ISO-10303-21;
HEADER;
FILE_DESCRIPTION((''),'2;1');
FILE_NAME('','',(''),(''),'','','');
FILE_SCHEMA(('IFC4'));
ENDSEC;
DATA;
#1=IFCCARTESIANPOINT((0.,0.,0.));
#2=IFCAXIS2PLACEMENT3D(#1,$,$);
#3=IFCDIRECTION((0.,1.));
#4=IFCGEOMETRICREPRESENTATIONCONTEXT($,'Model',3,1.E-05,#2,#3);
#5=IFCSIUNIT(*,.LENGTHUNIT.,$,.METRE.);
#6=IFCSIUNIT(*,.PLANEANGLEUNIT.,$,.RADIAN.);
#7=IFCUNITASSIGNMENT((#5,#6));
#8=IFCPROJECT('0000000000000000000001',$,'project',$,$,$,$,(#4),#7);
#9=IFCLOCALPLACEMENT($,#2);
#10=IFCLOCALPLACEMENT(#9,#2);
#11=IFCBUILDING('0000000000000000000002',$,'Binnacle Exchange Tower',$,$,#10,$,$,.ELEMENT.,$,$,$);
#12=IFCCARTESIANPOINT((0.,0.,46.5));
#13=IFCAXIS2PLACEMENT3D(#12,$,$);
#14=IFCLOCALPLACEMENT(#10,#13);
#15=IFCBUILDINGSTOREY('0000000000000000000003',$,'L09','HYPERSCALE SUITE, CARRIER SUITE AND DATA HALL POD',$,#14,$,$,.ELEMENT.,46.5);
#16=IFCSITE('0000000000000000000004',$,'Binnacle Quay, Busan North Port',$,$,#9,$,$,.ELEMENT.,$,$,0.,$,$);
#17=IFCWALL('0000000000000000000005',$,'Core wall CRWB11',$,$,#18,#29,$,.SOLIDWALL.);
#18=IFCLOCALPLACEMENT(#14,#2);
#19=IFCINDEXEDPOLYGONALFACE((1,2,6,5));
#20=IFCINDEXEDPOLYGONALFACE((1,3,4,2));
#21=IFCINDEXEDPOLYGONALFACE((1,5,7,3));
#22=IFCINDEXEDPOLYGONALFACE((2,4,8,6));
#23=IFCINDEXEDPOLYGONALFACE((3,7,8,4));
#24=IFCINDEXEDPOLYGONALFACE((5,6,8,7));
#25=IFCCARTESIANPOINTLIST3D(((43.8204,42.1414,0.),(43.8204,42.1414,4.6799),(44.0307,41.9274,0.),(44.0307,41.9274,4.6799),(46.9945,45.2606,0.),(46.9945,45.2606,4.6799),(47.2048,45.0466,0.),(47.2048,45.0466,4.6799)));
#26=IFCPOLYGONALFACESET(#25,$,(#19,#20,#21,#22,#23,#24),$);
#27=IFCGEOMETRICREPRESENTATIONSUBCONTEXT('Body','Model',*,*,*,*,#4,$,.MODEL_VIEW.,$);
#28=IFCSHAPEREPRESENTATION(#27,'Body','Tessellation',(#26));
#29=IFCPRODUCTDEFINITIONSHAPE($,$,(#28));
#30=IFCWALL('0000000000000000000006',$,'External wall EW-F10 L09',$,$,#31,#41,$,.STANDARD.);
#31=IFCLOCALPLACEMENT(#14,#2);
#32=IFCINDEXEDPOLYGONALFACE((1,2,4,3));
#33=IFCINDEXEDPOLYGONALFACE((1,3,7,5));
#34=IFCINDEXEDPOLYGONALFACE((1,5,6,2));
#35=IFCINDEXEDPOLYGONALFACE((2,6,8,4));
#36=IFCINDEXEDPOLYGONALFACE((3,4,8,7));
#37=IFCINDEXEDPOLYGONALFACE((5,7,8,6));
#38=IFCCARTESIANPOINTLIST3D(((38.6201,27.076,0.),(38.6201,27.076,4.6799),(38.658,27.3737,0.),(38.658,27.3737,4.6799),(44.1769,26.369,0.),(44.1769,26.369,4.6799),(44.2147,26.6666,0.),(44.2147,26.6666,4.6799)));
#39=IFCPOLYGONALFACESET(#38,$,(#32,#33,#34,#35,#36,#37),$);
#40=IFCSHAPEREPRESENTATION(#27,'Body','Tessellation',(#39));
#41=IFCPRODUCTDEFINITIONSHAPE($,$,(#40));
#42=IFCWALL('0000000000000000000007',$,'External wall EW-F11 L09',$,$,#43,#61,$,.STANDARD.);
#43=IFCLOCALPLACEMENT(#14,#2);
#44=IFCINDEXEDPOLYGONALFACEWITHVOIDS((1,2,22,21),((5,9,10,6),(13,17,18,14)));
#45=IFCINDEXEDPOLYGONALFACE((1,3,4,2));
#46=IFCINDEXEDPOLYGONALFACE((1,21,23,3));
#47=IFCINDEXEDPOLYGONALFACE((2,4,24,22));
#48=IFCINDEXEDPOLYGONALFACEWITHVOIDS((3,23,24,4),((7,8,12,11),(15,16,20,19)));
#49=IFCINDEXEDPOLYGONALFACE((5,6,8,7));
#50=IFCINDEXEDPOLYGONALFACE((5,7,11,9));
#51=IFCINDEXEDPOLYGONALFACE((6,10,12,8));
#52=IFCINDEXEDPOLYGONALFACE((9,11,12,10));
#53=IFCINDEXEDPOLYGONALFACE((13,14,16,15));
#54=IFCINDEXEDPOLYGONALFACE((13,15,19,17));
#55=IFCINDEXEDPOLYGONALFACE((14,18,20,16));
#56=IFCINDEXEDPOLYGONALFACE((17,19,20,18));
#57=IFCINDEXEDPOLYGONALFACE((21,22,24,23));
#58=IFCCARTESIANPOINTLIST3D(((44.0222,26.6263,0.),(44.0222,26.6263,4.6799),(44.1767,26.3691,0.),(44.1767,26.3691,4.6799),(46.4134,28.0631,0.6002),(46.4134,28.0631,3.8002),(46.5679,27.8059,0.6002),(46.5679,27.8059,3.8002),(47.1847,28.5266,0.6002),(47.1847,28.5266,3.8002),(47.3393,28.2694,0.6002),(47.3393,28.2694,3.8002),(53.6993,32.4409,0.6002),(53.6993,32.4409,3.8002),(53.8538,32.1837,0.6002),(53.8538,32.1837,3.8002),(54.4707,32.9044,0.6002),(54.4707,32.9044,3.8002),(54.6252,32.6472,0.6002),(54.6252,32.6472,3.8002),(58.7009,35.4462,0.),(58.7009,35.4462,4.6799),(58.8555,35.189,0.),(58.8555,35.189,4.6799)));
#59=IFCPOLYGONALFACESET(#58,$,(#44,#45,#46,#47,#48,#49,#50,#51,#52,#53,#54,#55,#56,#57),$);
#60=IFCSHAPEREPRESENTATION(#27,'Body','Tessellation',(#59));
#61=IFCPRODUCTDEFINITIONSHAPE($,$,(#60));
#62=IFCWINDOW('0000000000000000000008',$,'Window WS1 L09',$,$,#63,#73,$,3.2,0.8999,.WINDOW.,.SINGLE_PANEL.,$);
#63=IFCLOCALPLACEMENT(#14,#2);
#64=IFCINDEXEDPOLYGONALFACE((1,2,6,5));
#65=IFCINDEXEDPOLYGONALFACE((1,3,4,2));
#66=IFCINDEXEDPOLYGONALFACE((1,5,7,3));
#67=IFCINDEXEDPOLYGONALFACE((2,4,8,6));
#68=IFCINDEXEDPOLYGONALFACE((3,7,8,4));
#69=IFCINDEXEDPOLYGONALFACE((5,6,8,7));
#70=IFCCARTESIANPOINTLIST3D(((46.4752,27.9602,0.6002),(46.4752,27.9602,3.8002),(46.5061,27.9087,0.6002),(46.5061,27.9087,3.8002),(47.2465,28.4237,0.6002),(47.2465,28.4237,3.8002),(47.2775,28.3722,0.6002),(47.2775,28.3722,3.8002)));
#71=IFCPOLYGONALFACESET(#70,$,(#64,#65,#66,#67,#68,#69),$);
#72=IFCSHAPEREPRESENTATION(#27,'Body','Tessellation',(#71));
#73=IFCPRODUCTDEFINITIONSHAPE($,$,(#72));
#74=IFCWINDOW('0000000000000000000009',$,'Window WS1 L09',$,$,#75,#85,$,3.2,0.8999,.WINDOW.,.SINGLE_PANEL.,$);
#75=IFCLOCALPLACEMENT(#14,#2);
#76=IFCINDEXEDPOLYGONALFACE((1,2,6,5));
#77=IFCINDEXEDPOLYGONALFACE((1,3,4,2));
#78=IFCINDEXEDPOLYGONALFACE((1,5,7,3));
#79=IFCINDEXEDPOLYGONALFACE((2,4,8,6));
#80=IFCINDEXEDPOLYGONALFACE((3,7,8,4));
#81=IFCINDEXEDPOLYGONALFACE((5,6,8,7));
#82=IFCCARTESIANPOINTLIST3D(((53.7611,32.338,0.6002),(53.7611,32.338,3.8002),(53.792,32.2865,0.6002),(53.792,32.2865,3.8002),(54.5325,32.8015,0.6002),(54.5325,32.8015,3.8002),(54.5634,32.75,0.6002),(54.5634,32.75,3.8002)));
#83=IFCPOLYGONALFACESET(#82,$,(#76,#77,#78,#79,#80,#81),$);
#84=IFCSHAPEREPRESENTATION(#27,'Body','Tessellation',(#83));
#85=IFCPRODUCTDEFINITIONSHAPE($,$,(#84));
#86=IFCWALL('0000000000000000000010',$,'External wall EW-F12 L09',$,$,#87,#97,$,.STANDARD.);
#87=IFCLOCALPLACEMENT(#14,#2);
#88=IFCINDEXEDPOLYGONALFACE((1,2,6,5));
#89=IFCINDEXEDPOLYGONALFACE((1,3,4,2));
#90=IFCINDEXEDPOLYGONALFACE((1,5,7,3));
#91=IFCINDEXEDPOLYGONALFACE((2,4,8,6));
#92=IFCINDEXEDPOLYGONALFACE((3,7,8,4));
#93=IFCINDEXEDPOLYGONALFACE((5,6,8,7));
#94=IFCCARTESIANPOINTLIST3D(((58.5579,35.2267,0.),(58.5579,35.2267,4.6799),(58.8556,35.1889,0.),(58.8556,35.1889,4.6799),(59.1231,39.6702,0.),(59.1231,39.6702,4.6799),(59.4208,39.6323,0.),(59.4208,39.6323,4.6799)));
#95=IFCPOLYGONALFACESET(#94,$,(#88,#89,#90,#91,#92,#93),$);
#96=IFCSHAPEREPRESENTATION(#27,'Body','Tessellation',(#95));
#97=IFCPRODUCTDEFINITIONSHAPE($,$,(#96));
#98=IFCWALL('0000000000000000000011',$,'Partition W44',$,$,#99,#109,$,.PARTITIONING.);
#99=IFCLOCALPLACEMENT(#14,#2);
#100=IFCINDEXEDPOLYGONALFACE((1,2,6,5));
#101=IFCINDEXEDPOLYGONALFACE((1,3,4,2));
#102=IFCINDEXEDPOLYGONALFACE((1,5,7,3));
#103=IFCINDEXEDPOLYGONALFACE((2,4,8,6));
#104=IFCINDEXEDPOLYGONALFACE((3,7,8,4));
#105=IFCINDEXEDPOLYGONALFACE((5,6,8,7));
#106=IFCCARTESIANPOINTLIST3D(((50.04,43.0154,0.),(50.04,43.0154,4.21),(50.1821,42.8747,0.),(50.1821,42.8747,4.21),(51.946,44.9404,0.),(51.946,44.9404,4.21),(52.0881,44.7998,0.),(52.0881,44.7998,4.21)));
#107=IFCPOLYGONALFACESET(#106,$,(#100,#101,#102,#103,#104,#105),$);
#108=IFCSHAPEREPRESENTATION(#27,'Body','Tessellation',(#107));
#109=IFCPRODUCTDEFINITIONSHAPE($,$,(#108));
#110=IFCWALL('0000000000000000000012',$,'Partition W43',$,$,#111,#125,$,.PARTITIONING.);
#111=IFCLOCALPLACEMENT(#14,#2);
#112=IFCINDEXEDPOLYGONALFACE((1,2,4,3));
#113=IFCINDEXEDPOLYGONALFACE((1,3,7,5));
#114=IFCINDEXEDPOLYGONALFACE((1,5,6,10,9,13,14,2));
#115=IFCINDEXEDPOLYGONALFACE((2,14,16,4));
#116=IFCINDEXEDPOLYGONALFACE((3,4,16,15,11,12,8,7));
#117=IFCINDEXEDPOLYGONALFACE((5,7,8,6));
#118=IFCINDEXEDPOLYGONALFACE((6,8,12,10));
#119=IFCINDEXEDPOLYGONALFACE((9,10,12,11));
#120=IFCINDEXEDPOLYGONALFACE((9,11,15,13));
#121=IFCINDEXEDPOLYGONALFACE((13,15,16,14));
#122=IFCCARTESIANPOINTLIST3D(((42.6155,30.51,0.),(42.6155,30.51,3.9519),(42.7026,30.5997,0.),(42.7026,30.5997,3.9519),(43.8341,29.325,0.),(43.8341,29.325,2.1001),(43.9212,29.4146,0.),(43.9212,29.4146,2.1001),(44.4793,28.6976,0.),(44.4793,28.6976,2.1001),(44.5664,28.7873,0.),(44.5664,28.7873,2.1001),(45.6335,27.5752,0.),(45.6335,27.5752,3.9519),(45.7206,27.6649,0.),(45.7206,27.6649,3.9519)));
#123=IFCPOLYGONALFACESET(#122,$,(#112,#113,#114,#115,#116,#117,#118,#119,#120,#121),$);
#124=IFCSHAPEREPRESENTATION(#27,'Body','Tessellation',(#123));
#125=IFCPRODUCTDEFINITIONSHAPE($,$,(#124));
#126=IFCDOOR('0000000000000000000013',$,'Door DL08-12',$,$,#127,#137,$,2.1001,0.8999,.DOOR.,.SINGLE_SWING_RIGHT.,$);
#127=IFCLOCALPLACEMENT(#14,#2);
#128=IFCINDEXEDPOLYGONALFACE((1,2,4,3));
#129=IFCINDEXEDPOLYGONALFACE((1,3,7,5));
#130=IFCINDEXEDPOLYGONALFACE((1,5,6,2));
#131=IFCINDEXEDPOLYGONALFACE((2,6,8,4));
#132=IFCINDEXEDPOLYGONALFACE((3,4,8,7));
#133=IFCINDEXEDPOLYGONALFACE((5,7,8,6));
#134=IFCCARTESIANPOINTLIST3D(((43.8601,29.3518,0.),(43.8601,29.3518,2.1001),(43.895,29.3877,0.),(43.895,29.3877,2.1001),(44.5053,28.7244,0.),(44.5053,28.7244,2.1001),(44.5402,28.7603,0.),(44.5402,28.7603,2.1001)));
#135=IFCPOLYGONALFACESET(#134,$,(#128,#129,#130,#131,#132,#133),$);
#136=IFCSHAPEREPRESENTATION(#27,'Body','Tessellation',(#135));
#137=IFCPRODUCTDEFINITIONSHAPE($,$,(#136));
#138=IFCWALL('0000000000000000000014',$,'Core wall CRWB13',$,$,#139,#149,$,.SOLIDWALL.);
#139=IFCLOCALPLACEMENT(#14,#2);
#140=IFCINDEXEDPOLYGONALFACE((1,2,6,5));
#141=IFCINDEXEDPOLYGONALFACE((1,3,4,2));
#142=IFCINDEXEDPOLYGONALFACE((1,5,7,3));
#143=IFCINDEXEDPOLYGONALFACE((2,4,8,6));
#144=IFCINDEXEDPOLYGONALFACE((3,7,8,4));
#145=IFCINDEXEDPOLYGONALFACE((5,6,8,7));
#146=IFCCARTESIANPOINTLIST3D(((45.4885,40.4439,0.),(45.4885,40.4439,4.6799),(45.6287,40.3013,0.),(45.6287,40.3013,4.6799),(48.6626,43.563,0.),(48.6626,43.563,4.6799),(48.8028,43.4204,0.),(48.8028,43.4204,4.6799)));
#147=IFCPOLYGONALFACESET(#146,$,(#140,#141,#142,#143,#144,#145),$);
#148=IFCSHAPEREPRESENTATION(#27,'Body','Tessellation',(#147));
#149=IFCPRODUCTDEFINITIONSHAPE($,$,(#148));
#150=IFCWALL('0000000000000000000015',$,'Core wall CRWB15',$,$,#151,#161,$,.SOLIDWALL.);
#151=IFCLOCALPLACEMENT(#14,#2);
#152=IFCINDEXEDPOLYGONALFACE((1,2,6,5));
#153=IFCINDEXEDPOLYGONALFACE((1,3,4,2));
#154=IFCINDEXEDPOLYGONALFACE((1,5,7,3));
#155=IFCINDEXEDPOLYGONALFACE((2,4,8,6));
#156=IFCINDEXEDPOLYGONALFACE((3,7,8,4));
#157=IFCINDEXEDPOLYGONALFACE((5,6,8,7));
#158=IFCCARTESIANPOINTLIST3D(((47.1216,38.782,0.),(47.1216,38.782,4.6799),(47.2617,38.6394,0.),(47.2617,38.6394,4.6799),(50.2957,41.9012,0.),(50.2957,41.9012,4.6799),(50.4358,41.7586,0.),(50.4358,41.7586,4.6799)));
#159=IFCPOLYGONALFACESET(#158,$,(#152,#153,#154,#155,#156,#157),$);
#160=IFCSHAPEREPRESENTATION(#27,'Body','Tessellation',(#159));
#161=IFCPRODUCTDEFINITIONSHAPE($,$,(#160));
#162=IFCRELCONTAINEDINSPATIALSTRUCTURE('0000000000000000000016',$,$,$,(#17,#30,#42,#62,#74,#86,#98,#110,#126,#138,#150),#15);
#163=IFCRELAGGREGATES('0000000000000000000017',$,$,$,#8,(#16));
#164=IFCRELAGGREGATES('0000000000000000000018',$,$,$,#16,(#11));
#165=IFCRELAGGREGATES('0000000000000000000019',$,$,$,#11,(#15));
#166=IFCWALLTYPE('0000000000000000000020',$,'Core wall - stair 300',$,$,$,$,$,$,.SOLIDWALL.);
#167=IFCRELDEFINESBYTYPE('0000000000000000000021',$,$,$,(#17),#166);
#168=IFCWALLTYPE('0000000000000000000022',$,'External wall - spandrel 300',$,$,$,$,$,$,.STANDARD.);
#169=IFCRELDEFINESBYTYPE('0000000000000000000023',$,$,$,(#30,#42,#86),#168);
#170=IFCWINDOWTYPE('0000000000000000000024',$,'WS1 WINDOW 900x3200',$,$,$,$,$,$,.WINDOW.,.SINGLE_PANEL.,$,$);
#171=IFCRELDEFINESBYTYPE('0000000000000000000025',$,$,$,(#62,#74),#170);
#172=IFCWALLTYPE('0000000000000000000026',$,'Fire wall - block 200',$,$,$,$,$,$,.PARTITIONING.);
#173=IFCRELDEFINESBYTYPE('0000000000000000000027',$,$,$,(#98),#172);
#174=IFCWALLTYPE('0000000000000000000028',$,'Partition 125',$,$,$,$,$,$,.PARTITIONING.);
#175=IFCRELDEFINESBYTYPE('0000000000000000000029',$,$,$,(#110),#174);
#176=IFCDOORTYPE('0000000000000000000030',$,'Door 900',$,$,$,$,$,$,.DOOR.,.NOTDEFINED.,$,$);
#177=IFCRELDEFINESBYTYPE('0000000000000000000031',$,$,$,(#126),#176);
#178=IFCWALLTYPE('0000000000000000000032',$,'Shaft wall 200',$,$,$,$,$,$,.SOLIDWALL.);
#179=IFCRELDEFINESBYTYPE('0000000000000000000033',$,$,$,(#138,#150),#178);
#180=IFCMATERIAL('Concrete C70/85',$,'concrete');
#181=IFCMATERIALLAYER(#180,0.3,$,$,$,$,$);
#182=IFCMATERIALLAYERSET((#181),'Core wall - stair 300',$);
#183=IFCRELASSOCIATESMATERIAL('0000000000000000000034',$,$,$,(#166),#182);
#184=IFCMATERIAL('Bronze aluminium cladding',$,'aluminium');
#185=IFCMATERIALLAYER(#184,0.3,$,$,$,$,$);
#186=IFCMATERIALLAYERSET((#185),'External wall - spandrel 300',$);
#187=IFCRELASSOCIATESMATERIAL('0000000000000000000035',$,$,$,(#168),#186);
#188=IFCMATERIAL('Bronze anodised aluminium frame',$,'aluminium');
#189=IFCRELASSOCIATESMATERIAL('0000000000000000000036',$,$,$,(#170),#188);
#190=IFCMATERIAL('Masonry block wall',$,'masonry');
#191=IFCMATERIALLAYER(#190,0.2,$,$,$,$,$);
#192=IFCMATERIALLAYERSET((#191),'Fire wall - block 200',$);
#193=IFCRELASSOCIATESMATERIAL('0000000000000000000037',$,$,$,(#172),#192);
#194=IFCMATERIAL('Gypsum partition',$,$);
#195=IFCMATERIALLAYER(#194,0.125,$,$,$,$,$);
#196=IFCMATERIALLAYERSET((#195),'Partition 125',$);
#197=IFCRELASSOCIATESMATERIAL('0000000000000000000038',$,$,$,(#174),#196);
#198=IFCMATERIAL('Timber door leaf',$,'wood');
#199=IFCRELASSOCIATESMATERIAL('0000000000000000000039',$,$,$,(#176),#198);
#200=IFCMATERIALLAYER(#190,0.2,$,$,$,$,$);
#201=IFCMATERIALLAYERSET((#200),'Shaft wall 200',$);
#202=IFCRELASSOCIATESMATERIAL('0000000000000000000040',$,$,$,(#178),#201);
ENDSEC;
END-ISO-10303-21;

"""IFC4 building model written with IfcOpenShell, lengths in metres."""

from ifc_helpers import new_model, si_unit, direction, frame, frame_2d, origin, place, context, subcontext, project, spatial, rectangle, extrude, material, layer, layer_set, type_object, element, fill, save


model = new_model("IFC4")

# Units and contexts
model_context = context("Model", 3, precision=1e-05, world=origin(), true_north=direction((0.0, 1.0)))
body_context = subcontext(model_context, "Body", "Model", "MODEL_VIEW")
ifc_project = project(units=[si_unit("LENGTHUNIT", "METRE"), si_unit("PLANEANGLEUNIT", "RADIAN")], contexts=[model_context])

# Site, building, storey
site_placement = place(None, origin())
site = spatial("IfcSite", under=ifc_project, at=site_placement, Name="Binnacle Quay, Busan North Port", CompositionType="ELEMENT", RefElevation=0.0)
building_placement = place(site_placement, origin())
building = spatial("IfcBuilding", under=site, at=building_placement, Name="Binnacle Exchange Tower", CompositionType="ELEMENT")
storey_placement = place(building_placement, frame((0.0, 0.0, 46.5)))
storey = spatial("IfcBuildingStorey", under=building, at=storey_placement, Name="L09", Description="HYPERSCALE SUITE, CARRIER SUITE AND DATA HALL POD", CompositionType="ELEMENT", Elevation=46.5)

# Shared definitions
ifc_material_1 = material(Name="Concrete C70/85", Category="concrete")

# Walls
ifc_layer_1 = layer(ifc_material_1, 0.3)
ifc_layer_set_1 = layer_set([ifc_layer_1], Name="Core wall - stair 300")
wall_type_1 = type_object("IfcWallType", Name="Core wall - stair 300", PredefinedType="SOLIDWALL", material=ifc_layer_set_1)
wall_1_placement = place(storey_placement, frame((43.9255, 42.0344, 0.0), z_axis=(0.0, 0.0, 1.0), x_axis=(0.713252, 0.700908, 0.0)))
element("IfcWall", 1, at=wall_1_placement, inside=storey, type_object=wall_type_1, Name="Core wall CRWB11", PredefinedType="SOLIDWALL", context=body_context, shape_type="SweptSolid", body=[
    extrude(rectangle(XDim=4.4502, YDim=0.3, at=frame_2d((2.2251, 0.0))), origin(), (0.0, 0.0, 1.0), 4.6799),
])
ifc_material_2 = material(Name="Bronze aluminium cladding", Category="aluminium")
ifc_layer_2 = layer(ifc_material_2, 0.3)
ifc_layer_set_2 = layer_set([ifc_layer_2], Name="External wall - spandrel 300")
wall_type_2 = type_object("IfcWallType", Name="External wall - spandrel 300", PredefinedType="STANDARD", material=ifc_layer_set_2)
wall_2_placement = place(storey_placement, frame((44.1958, 26.5178, 0.0), z_axis=(0.0, 0.0, 1.0), x_axis=(-0.992002, 0.126223, 0.0)))
element("IfcWall", 2, at=wall_2_placement, inside=storey, type_object=wall_type_2, Name="External wall EW-F10 L09", PredefinedType="STANDARD", context=body_context, shape_type="SweptSolid", body=[
    extrude(rectangle(XDim=5.6016, YDim=0.3, at=frame_2d((2.8008, 0.0))), origin(), (0.0, 0.0, 1.0), 4.6799),
])

# Wall, openings, windows
wall_3_placement = place(storey_placement, frame((58.7783, 35.3176, 0.0), z_axis=(0.0, 0.0, 1.0), x_axis=(-0.857168, -0.515037, 0.0)))
wall_3 = element("IfcWall", 3, at=wall_3_placement, inside=storey, type_object=wall_type_2, Name="External wall EW-F11 L09", PredefinedType="STANDARD", context=body_context, shape_type="SweptSolid", body=[
    extrude(rectangle(XDim=17.1248, YDim=0.3, at=frame_2d((8.5625, 0.0))), origin(), (0.0, 0.0, 1.0), 4.6799),
])
opening_1_placement = place(wall_3_placement, frame((13.4353, 0.0, 0.6001)))
opening_1 = element("IfcOpeningElement", 4, at=opening_1_placement, cuts=wall_3, PredefinedType="OPENING", context=body_context, shape_type="SweptSolid", body=[
    extrude(rectangle(XDim=0.8999, YDim=3.2, at=frame_2d((0.45, 1.6001))), frame((0.0, 0.1599, 0.0), z_axis=(0.0, -1.0, 0.0), x_axis=(1.0, 0.0, 0.0)), (0.0, 0.0, 1.0), 0.3201),
])
opening_2_placement = place(wall_3_placement, frame((4.9353, 0.0, 0.6001)))
opening_2 = element("IfcOpeningElement", 5, at=opening_2_placement, cuts=wall_3, PredefinedType="OPENING", context=body_context, shape_type="SweptSolid", body=[
    extrude(rectangle(XDim=0.8999, YDim=3.2, at=frame_2d((0.45, 1.6001))), frame((0.0, 0.1599, 0.0), z_axis=(0.0, -1.0, 0.0), x_axis=(1.0, 0.0, 0.0)), (0.0, 0.0, 1.0), 0.3201),
])
ifc_material_3 = material(Name="Bronze anodised aluminium frame", Category="aluminium")
window_type = type_object("IfcWindowType", Name="WS1 WINDOW 900x3200", PartitioningType="SINGLE_PANEL", PredefinedType="WINDOW", material=ifc_material_3)
window_1_placement = place(opening_1_placement, origin())
window_1 = element("IfcWindow", 6, at=window_1_placement, inside=storey, type_object=window_type, Name="Window WS1 L09", OverallHeight=3.2, OverallWidth=0.8999, PartitioningType="SINGLE_PANEL", PredefinedType="WINDOW", context=body_context, shape_type="SweptSolid", body=[
    extrude(rectangle(XDim=0.8999, YDim=3.2, at=frame_2d((0.45, 1.6001))), frame((0.0, 0.03, 0.0), z_axis=(0.0, -1.0, 0.0), x_axis=(1.0, 0.0, 0.0)), (0.0, 0.0, 1.0), 0.0601),
])
fill(opening_1, window_1)
window_2_placement = place(opening_2_placement, origin())
window_2 = element("IfcWindow", 7, at=window_2_placement, inside=storey, type_object=window_type, Name="Window WS1 L09", OverallHeight=3.2, OverallWidth=0.8999, PartitioningType="SINGLE_PANEL", PredefinedType="WINDOW", context=body_context, shape_type="SweptSolid", body=[
    extrude(rectangle(XDim=0.8999, YDim=3.2, at=frame_2d((0.45, 1.6001))), frame((0.0, 0.03, 0.0), z_axis=(0.0, -1.0, 0.0), x_axis=(1.0, 0.0, 0.0)), (0.0, 0.0, 1.0), 0.0601),
])
fill(opening_2, window_2)

# Walls
wall_4_placement = place(storey_placement, frame((59.272, 39.6514, 0.0), z_axis=(0.0, 0.0, 1.0), x_axis=(-0.126181, -0.992007, 0.0)))
element("IfcWall", 8, at=wall_4_placement, inside=storey, type_object=wall_type_2, Name="External wall EW-F12 L09", PredefinedType="STANDARD", context=body_context, shape_type="SweptSolid", body=[
    extrude(rectangle(XDim=4.4792, YDim=0.3, at=frame_2d((2.2397, 0.0))), origin(), (0.0, 0.0, 1.0), 4.6799),
])
ifc_material_4 = material(Name="Masonry block wall", Category="masonry")
ifc_layer_3 = layer(ifc_material_4, 0.2)
ifc_layer_set_3 = layer_set([ifc_layer_3], Name="Fire wall - block 200")
wall_type_3 = type_object("IfcWallType", Name="Fire wall - block 200", PredefinedType="PARTITIONING", material=ifc_layer_set_3)
wall_5_placement = place(storey_placement, frame((50.1111, 42.9451, 0.0), z_axis=(0.0, 0.0, 1.0), x_axis=(0.703583, 0.710613, 0.0)))
element("IfcWall", 9, at=wall_5_placement, inside=storey, type_object=wall_type_3, Name="Partition W44", PredefinedType="PARTITIONING", context=body_context, shape_type="SweptSolid", body=[
    extrude(rectangle(XDim=2.709, YDim=0.2, at=frame_2d((1.3545, 0.0))), origin(), (0.0, 0.0, 1.0), 4.21),
])

# Wall, opening, door
ifc_material_5 = material(Name="Gypsum partition")
ifc_layer_4 = layer(ifc_material_5, 0.125)
ifc_layer_set_4 = layer_set([ifc_layer_4], Name="Partition 125")
wall_type_4 = type_object("IfcWallType", Name="Partition 125", PredefinedType="PARTITIONING", material=ifc_layer_set_4)
wall_6_placement = place(storey_placement, frame((42.6589, 30.5549, 0.0), z_axis=(0.0, 0.0, 1.0), x_axis=(0.716926, -0.69715, 0.0)))
wall_6 = element("IfcWall", 10, at=wall_6_placement, inside=storey, type_object=wall_type_4, Name="Partition W43", PredefinedType="PARTITIONING", context=body_context, shape_type="SweptSolid", body=[
    extrude(rectangle(XDim=4.2097, YDim=0.125, at=frame_2d((2.105, 0.0))), origin(), (0.0, 0.0, 1.0), 3.9519),
])
opening_3_placement = place(wall_6_placement, frame((1.7, 0.0, 0.0)))
opening_3 = element("IfcOpeningElement", 11, at=opening_3_placement, cuts=wall_6, PredefinedType="OPENING", context=body_context, shape_type="SweptSolid", body=[
    extrude(rectangle(XDim=0.8999, YDim=2.1001, at=frame_2d((0.45, 1.05))), frame((0.0, 0.0725, 0.0), z_axis=(0.0, -1.0, 0.0), x_axis=(1.0, 0.0, 0.0)), (0.0, 0.0, 1.0), 0.145),
])
ifc_material_6 = material(Name="Timber door leaf", Category="wood")
door_type_1 = type_object("IfcDoorType", Name="Door 900", OperationType="NOTDEFINED", PredefinedType="DOOR", material=ifc_material_6)
door_1_placement = place(opening_3_placement, origin())
door_1 = element("IfcDoor", 12, at=door_1_placement, inside=storey, type_object=door_type_1, Name="Door DL08-12", OperationType="SINGLE_SWING_RIGHT", OverallHeight=2.1001, OverallWidth=0.8999, PredefinedType="DOOR", context=body_context, shape_type="SweptSolid", body=[
    extrude(rectangle(XDim=0.8999, YDim=2.1001, at=frame_2d((0.45, 1.05))), frame((0.0, 0.0249, 0.0), z_axis=(0.0, -1.0, 0.0), x_axis=(1.0, 0.0, 0.0)), (0.0, 0.0, 1.0), 0.05),
])
fill(opening_3, door_1)

# Walls
ifc_layer_5 = layer(ifc_material_4, 0.2)
ifc_layer_set_5 = layer_set([ifc_layer_5], Name="Shaft wall 200")
wall_type_5 = type_object("IfcWallType", Name="Shaft wall 200", PredefinedType="SOLIDWALL", material=ifc_layer_set_5)
for number, where, z_axis, x_axis, name in (
    (13, (45.5586, 40.3726, 0.0), (0.0, 0.0, 1.0), (0.713252, 0.700908, 0.0), "Core wall CRWB13"),
    (14, (47.1917, 38.7107, 0.0), (0.0, 0.0, 1.0), (0.713252, 0.700908, 0.0), "Core wall CRWB15"),
):
    element("IfcWall", number, at=place(storey_placement, frame(where, z_axis=z_axis, x_axis=x_axis)), inside=storey, type_object=wall_type_5, Name=name, PredefinedType="SOLIDWALL", context=body_context, shape_type="SweptSolid", body=[
        extrude(rectangle(XDim=4.4502, YDim=0.2, at=frame_2d((2.2251, 0.0))), origin(), (0.0, 0.0, 1.0), 4.6799),
    ])

save(model, "model.ifc")
